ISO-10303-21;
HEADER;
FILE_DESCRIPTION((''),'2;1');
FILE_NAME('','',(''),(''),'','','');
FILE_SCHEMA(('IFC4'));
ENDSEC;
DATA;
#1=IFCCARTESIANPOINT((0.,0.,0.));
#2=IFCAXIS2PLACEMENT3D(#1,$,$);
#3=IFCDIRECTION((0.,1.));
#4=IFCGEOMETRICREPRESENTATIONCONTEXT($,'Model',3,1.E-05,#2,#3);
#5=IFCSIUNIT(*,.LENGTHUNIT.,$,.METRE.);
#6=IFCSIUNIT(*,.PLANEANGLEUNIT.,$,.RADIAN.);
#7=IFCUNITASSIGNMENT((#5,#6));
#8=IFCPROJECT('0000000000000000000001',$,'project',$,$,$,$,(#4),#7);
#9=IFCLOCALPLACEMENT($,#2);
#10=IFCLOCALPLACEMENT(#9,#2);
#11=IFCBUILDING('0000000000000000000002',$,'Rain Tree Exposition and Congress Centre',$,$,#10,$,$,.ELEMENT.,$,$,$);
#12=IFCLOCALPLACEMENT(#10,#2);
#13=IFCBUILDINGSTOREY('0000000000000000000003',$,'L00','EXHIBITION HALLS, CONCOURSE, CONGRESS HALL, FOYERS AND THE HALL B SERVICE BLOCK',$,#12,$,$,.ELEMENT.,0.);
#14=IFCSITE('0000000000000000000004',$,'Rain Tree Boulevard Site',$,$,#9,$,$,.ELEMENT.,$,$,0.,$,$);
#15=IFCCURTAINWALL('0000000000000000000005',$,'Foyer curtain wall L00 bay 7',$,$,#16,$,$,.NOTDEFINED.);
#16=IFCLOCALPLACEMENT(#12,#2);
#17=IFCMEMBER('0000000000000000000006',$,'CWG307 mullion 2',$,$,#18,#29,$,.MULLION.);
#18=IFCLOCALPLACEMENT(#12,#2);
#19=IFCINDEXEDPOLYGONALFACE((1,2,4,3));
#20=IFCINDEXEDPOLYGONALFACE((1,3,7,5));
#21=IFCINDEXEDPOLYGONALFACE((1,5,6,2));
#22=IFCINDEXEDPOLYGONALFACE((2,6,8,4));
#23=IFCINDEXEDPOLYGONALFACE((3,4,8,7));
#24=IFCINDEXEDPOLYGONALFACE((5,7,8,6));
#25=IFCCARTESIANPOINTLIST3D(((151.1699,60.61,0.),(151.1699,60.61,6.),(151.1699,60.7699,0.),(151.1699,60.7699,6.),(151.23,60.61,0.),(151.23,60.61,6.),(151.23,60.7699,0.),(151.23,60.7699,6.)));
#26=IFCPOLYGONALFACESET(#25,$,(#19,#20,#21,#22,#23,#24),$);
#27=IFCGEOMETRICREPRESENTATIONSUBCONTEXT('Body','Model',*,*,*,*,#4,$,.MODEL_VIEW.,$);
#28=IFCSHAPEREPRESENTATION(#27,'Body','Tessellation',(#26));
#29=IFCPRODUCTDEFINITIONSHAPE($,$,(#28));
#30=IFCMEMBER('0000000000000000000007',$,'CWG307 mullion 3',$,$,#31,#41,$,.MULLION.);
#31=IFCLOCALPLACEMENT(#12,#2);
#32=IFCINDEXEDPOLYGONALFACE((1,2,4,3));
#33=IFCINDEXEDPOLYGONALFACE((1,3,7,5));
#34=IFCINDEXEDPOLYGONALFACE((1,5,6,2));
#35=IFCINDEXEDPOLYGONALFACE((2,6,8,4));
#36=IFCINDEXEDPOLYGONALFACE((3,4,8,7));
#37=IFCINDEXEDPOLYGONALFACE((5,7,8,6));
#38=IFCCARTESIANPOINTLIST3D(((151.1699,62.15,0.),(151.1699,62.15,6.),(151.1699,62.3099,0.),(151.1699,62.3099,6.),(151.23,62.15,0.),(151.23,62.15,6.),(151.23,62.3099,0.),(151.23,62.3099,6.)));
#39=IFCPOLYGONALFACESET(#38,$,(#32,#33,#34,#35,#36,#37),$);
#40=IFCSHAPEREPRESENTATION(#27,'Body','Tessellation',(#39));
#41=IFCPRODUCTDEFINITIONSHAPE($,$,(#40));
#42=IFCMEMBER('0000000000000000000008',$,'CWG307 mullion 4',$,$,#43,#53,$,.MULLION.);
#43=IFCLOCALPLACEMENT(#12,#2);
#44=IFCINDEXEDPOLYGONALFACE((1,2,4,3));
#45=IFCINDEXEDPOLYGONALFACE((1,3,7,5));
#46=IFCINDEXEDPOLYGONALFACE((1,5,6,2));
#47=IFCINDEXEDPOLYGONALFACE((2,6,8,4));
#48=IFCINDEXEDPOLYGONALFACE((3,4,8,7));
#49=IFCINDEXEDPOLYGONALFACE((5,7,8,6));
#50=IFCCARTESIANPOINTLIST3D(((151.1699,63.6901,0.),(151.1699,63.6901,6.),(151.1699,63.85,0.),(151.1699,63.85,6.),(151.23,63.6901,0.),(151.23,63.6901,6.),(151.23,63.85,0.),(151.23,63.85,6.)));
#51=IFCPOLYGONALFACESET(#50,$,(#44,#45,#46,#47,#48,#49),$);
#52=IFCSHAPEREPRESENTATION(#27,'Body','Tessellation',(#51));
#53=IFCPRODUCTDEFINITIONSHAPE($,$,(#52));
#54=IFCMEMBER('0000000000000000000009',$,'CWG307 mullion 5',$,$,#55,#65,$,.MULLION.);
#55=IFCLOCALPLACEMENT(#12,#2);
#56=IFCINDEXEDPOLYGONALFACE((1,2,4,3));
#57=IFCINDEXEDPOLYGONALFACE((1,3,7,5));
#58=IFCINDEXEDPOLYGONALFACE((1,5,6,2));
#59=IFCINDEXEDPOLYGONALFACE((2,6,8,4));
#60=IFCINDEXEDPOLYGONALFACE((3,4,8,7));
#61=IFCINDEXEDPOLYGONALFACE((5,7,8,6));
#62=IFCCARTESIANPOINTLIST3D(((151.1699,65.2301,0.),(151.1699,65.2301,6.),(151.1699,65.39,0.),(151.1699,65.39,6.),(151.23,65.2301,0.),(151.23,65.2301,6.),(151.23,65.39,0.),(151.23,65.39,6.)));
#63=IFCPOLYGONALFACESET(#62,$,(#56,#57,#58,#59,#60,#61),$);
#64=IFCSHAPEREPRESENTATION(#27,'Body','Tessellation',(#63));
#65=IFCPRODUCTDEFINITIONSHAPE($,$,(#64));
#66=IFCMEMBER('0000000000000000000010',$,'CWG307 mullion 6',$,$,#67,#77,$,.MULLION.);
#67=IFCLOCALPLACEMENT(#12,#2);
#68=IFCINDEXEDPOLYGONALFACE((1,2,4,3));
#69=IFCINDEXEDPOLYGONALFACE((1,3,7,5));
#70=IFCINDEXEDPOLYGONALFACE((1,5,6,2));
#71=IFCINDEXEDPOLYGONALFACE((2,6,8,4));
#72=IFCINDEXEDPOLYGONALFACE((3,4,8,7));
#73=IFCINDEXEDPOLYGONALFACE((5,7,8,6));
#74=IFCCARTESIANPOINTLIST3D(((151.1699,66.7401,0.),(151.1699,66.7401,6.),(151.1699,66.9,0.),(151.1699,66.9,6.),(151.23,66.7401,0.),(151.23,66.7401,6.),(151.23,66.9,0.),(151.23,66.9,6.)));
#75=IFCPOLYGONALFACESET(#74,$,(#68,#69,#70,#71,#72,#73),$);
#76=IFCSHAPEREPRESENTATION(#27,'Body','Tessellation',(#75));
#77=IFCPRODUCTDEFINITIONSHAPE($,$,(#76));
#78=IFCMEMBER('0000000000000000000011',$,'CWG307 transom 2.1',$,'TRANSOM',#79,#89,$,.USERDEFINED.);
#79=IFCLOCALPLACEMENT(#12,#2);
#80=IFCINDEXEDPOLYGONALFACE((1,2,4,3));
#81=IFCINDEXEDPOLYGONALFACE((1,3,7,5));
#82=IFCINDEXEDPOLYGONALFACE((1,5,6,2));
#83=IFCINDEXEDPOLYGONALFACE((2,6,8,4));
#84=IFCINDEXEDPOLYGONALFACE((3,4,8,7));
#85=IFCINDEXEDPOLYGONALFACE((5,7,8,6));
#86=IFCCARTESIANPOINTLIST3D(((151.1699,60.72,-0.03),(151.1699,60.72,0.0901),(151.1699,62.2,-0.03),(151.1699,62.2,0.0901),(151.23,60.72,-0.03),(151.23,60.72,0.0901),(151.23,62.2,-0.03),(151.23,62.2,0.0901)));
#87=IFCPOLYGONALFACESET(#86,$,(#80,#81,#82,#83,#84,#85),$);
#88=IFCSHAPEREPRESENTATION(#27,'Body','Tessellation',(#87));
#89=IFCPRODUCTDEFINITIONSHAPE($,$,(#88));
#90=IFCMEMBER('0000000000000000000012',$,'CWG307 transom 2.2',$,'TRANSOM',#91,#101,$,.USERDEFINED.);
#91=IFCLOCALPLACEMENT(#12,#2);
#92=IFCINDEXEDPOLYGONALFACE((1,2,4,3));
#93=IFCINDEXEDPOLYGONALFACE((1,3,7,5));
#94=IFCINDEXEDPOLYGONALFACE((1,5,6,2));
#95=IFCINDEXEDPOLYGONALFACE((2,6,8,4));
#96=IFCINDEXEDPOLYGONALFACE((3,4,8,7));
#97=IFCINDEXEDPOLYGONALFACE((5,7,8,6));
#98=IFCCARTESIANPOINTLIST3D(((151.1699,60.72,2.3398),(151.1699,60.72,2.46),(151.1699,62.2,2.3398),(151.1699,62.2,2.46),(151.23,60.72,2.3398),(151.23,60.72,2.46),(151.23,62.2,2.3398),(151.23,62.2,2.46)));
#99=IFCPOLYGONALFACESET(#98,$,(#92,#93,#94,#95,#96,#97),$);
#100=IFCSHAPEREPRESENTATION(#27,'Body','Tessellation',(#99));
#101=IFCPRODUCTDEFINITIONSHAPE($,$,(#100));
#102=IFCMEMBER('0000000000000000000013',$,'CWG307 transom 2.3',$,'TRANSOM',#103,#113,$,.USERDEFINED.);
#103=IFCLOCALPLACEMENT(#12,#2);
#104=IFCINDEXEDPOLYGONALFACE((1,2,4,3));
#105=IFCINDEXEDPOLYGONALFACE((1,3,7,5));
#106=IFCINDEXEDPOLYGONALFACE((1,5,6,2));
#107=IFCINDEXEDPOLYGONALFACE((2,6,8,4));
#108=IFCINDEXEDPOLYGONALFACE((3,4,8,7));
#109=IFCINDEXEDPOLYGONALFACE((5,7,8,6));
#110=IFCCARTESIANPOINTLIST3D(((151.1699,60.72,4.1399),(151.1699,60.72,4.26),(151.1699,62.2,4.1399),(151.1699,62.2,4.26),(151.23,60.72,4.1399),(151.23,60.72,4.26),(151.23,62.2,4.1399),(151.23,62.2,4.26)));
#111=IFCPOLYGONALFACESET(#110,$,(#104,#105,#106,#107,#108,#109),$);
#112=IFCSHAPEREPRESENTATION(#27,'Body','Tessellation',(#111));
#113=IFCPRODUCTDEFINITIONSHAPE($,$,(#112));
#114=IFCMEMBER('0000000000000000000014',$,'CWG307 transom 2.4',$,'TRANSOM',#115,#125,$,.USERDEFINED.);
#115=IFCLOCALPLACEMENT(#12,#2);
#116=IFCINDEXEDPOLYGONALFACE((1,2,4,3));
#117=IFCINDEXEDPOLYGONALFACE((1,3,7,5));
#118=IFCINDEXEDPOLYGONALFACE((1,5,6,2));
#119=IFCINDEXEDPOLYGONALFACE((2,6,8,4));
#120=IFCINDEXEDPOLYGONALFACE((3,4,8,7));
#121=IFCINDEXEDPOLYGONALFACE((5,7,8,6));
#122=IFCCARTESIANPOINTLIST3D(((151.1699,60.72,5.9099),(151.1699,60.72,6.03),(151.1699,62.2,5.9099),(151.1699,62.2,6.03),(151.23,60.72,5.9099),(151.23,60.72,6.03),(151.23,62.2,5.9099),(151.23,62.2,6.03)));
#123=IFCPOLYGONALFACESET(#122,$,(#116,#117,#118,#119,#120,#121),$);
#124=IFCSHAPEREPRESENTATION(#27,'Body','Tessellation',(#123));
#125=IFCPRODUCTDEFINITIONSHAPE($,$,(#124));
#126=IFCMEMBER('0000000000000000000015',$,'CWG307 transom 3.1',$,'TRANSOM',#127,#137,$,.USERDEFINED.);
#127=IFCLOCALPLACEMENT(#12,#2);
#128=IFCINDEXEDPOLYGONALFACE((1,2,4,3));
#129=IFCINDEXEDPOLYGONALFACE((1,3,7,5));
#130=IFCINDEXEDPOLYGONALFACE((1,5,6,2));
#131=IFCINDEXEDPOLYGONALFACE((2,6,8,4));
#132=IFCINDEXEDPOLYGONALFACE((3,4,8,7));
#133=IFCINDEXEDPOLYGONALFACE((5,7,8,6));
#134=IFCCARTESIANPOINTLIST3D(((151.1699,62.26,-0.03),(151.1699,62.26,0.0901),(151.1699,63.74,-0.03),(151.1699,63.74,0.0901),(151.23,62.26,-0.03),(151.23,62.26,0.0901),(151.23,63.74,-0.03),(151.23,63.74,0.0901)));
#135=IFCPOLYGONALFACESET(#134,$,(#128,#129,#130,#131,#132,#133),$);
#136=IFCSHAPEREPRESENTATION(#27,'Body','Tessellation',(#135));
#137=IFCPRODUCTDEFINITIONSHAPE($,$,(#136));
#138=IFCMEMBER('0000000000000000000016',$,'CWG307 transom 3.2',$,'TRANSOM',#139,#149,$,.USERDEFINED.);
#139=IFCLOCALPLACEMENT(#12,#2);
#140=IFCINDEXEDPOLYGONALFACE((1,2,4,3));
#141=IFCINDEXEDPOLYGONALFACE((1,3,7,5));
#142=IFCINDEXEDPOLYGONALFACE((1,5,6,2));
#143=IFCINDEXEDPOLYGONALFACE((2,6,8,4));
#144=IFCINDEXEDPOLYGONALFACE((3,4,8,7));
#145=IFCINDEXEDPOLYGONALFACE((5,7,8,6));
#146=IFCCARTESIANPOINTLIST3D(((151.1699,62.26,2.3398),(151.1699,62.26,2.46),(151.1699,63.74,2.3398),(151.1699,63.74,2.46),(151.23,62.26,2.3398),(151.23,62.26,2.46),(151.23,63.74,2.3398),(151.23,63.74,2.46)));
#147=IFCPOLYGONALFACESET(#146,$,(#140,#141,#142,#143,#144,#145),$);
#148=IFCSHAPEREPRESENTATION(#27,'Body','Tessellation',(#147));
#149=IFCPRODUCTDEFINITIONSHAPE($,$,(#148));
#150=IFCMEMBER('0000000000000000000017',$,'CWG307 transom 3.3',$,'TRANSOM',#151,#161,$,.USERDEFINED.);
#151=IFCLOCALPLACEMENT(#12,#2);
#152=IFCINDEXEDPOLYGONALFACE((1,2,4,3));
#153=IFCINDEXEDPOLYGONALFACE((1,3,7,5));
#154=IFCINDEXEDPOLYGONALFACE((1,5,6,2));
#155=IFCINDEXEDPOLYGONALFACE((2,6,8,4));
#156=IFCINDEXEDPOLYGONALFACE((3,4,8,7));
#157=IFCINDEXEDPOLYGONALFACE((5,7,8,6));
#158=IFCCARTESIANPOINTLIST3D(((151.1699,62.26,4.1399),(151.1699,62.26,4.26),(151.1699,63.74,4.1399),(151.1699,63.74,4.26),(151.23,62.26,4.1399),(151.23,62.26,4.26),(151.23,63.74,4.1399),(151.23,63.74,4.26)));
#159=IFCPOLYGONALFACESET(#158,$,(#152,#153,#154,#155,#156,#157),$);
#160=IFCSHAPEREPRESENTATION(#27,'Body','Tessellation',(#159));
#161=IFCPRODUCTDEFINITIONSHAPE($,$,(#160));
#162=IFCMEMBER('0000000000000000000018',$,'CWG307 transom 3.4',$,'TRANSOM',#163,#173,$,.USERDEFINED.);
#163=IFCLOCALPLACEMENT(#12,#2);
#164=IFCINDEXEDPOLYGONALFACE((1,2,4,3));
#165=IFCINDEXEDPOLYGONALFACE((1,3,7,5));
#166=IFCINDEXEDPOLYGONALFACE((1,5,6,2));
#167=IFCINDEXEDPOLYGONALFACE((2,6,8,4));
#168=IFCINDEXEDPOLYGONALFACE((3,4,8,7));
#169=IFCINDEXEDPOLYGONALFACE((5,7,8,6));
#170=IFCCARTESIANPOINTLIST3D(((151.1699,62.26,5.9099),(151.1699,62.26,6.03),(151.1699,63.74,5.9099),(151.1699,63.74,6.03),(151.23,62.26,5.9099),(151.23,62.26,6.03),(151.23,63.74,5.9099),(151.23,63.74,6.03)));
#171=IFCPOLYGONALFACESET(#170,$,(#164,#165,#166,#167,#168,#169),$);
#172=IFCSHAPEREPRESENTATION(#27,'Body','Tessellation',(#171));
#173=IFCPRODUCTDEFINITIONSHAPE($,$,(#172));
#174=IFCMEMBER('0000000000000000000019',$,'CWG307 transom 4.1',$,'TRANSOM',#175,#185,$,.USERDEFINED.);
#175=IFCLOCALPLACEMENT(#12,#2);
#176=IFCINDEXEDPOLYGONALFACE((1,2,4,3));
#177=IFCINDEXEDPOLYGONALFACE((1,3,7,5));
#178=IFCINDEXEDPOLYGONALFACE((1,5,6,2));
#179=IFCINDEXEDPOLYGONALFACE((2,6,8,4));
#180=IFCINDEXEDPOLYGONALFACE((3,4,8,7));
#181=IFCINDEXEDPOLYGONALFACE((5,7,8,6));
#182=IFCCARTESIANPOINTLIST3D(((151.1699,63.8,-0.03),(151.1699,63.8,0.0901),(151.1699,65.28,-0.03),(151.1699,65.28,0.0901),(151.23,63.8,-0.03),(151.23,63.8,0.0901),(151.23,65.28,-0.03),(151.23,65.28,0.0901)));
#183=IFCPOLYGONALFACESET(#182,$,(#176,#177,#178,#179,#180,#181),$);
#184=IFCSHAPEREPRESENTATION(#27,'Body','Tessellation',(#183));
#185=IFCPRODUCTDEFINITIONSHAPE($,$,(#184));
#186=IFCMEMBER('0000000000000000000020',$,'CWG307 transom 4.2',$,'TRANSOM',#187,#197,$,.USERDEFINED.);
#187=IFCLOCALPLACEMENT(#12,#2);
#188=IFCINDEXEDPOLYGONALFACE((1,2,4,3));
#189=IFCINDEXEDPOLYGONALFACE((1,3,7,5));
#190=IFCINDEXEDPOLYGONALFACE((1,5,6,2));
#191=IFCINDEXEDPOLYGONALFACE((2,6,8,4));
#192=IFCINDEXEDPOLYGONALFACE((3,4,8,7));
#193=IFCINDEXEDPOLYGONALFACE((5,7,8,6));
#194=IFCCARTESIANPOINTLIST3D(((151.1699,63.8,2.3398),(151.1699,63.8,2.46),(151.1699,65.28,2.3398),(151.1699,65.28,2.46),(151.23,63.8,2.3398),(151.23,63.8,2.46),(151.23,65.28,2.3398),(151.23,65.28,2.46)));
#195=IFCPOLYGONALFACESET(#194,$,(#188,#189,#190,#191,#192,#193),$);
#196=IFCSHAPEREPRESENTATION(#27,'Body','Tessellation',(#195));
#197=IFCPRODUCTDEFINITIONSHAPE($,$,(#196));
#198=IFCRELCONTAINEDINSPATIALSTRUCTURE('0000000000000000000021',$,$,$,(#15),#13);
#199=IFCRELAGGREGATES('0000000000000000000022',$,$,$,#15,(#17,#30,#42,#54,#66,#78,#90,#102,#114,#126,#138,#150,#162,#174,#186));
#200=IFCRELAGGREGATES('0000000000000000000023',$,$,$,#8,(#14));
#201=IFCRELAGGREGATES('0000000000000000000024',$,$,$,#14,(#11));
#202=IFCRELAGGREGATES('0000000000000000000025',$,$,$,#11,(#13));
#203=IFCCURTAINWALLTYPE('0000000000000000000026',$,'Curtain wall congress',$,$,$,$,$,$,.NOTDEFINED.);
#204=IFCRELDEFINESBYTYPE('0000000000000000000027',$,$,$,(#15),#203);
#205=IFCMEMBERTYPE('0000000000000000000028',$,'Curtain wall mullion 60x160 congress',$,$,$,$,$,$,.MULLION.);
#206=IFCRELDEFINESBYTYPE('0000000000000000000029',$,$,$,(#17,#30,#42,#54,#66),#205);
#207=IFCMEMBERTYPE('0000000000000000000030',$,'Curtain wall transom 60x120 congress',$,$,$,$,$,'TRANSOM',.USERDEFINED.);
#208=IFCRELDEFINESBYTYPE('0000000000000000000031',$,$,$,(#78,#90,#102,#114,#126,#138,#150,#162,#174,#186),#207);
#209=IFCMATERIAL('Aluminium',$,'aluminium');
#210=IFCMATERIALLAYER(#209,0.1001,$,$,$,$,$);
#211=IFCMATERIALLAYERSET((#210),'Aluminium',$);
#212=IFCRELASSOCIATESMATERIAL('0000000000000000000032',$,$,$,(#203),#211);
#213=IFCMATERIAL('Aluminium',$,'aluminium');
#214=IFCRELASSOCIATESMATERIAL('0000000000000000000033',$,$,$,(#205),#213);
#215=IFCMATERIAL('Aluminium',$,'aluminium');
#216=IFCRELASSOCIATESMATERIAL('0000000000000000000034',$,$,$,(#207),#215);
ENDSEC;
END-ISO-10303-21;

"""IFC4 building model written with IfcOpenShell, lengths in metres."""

from ifc_helpers import new_model, si_unit, direction, frame, origin, origin_2d, place, context, subcontext, project, spatial, rectangle, extrude, material, layer, layer_set, material_profile, profile_set, type_object, element, aggregate, save


model = new_model("IFC4")

# Units and contexts
model_context = context("Model", 3, precision=1e-05, world=origin(), true_north=direction((0.0, 1.0)))
body_context = subcontext(model_context, "Body", "Model", "MODEL_VIEW")
ifc_project = project(units=[si_unit("LENGTHUNIT", "METRE"), si_unit("PLANEANGLEUNIT", "RADIAN")], contexts=[model_context])

# Site, building, storey
site_placement = place(None, origin())
site = spatial("IfcSite", under=ifc_project, at=site_placement, Name="Rain Tree Boulevard Site", CompositionType="ELEMENT", RefElevation=0.0)
building_placement = place(site_placement, origin())
building = spatial("IfcBuilding", under=site, at=building_placement, Name="Rain Tree Exposition and Congress Centre", CompositionType="ELEMENT")
storey_placement = place(building_placement, origin())
storey = spatial("IfcBuildingStorey", under=building, at=storey_placement, Name="L00", Description="EXHIBITION HALLS, CONCOURSE, CONGRESS HALL, FOYERS AND THE HALL B SERVICE BLOCK", CompositionType="ELEMENT", Elevation=0.0)

# Curtain wall, members
ifc_material_1 = material(Name="Aluminium", Category="aluminium")
ifc_layer_1 = layer(ifc_material_1, 0.1001)
ifc_layer_set_1 = layer_set([ifc_layer_1], Name="Aluminium")
curtain_wall_type = type_object("IfcCurtainWallType", Name="Curtain wall congress", PredefinedType="NOTDEFINED", material=ifc_layer_set_1)
curtain_wall_placement = place(storey_placement, origin())
curtain_wall = element("IfcCurtainWall", 1, at=curtain_wall_placement, inside=storey, type_object=curtain_wall_type, Name="Foyer curtain wall L00 bay 7", PredefinedType="NOTDEFINED")
ifc_material_2 = material(Name="Aluminium", Category="aluminium")
ifc_material_profile_1 = material_profile(ifc_material_2, rectangle(XDim=0.0601, YDim=0.1599, at=origin_2d()), Name="AL 60x160")
ifc_profile_set_1 = profile_set([ifc_material_profile_1], Name="Aluminium")
member_type_1 = type_object("IfcMemberType", Name="Curtain wall mullion 60x160 congress", PredefinedType="MULLION", material=ifc_profile_set_1)
member_1_placement = place(storey_placement, frame((151.2, 60.6899, 0.0), z_axis=(0.0, 0.0, 1.0), x_axis=(-1.0, 0.0, 0.0)))
member_1 = element("IfcMember", 2, at=member_1_placement, type_object=member_type_1, Name="CWG307 mullion 2", PredefinedType="MULLION", context=body_context, shape_type="SweptSolid", body=[
    extrude(rectangle(XDim=0.0601, YDim=0.1599, at=origin_2d()), origin(), (0.0, 0.0, 1.0), 6.0),
])
member_2_placement = place(storey_placement, frame((151.2, 62.23, 0.0), z_axis=(0.0, 0.0, 1.0), x_axis=(-1.0, 0.0, 0.0)))
member_2 = element("IfcMember", 3, at=member_2_placement, type_object=member_type_1, Name="CWG307 mullion 3", PredefinedType="MULLION", context=body_context, shape_type="SweptSolid", body=[
    extrude(rectangle(XDim=0.0601, YDim=0.1599, at=origin_2d()), origin(), (0.0, 0.0, 1.0), 6.0),
])
member_3_placement = place(storey_placement, frame((151.2, 63.77, 0.0), z_axis=(0.0, 0.0, 1.0), x_axis=(-1.0, 0.0, 0.0)))
member_3 = element("IfcMember", 4, at=member_3_placement, type_object=member_type_1, Name="CWG307 mullion 4", PredefinedType="MULLION", context=body_context, shape_type="SweptSolid", body=[
    extrude(rectangle(XDim=0.0601, YDim=0.1599, at=origin_2d()), origin(), (0.0, 0.0, 1.0), 6.0),
])
member_4_placement = place(storey_placement, frame((151.2, 65.3101, 0.0), z_axis=(0.0, 0.0, 1.0), x_axis=(-1.0, 0.0, 0.0)))
member_4 = element("IfcMember", 5, at=member_4_placement, type_object=member_type_1, Name="CWG307 mullion 5", PredefinedType="MULLION", context=body_context, shape_type="SweptSolid", body=[
    extrude(rectangle(XDim=0.0601, YDim=0.1599, at=origin_2d()), origin(), (0.0, 0.0, 1.0), 6.0),
])
member_5_placement = place(storey_placement, frame((151.2, 66.8201, 0.0), z_axis=(0.0, 0.0, 1.0), x_axis=(-1.0, 0.0, 0.0)))
member_5 = element("IfcMember", 6, at=member_5_placement, type_object=member_type_1, Name="CWG307 mullion 6", PredefinedType="MULLION", context=body_context, shape_type="SweptSolid", body=[
    extrude(rectangle(XDim=0.0601, YDim=0.1599, at=origin_2d()), origin(), (0.0, 0.0, 1.0), 6.0),
])
ifc_material_3 = material(Name="Aluminium", Category="aluminium")
ifc_material_profile_2 = material_profile(ifc_material_3, rectangle(XDim=0.0601, YDim=0.1201, at=origin_2d()), Name="AL 60x120")
ifc_profile_set_2 = profile_set([ifc_material_profile_2], Name="Aluminium")
member_type_2 = type_object("IfcMemberType", Name="Curtain wall transom 60x120 congress", ElementType="TRANSOM", PredefinedType="USERDEFINED", material=ifc_profile_set_2)
member_6_placement = place(storey_placement, frame((151.2, 60.72, 0.03), z_axis=(0.0, 1.0, 0.0), x_axis=(-1.0, 0.0, 0.0)))
member_6 = element("IfcMember", 7, at=member_6_placement, type_object=member_type_2, Name="CWG307 transom 2.1", ObjectType="TRANSOM", PredefinedType="USERDEFINED", context=body_context, shape_type="SweptSolid", body=[
    extrude(rectangle(XDim=0.0601, YDim=0.1201, at=origin_2d()), origin(), (0.0, 0.0, 1.0), 1.48),
])
member_7_placement = place(storey_placement, frame((151.2, 60.72, 2.3999), z_axis=(0.0, 1.0, 0.0), x_axis=(-1.0, 0.0, 0.0)))
member_7 = element("IfcMember", 8, at=member_7_placement, type_object=member_type_2, Name="CWG307 transom 2.2", ObjectType="TRANSOM", PredefinedType="USERDEFINED", context=body_context, shape_type="SweptSolid", body=[
    extrude(rectangle(XDim=0.0601, YDim=0.1201, at=origin_2d()), origin(), (0.0, 0.0, 1.0), 1.48),
])
member_8_placement = place(storey_placement, frame((151.2, 60.72, 4.2), z_axis=(0.0, 1.0, 0.0), x_axis=(-1.0, 0.0, 0.0)))
member_8 = element("IfcMember", 9, at=member_8_placement, type_object=member_type_2, Name="CWG307 transom 2.3", ObjectType="TRANSOM", PredefinedType="USERDEFINED", context=body_context, shape_type="SweptSolid", body=[
    extrude(rectangle(XDim=0.0601, YDim=0.1201, at=origin_2d()), origin(), (0.0, 0.0, 1.0), 1.48),
])
member_9_placement = place(storey_placement, frame((151.2, 60.72, 5.97), z_axis=(0.0, 1.0, 0.0), x_axis=(-1.0, 0.0, 0.0)))
member_9 = element("IfcMember", 10, at=member_9_placement, type_object=member_type_2, Name="CWG307 transom 2.4", ObjectType="TRANSOM", PredefinedType="USERDEFINED", context=body_context, shape_type="SweptSolid", body=[
    extrude(rectangle(XDim=0.0601, YDim=0.1201, at=origin_2d()), origin(), (0.0, 0.0, 1.0), 1.48),
])
member_10_placement = place(storey_placement, frame((151.2, 62.26, 0.03), z_axis=(0.0, 1.0, 0.0), x_axis=(-1.0, 0.0, 0.0)))
member_10 = element("IfcMember", 11, at=member_10_placement, type_object=member_type_2, Name="CWG307 transom 3.1", ObjectType="TRANSOM", PredefinedType="USERDEFINED", context=body_context, shape_type="SweptSolid", body=[
    extrude(rectangle(XDim=0.0601, YDim=0.1201, at=origin_2d()), origin(), (0.0, 0.0, 1.0), 1.48),
])
member_11_placement = place(storey_placement, frame((151.2, 62.26, 2.3999), z_axis=(0.0, 1.0, 0.0), x_axis=(-1.0, 0.0, 0.0)))
member_11 = element("IfcMember", 12, at=member_11_placement, type_object=member_type_2, Name="CWG307 transom 3.2", ObjectType="TRANSOM", PredefinedType="USERDEFINED", context=body_context, shape_type="SweptSolid", body=[
    extrude(rectangle(XDim=0.0601, YDim=0.1201, at=origin_2d()), origin(), (0.0, 0.0, 1.0), 1.48),
])
member_12_placement = place(storey_placement, frame((151.2, 62.26, 4.2), z_axis=(0.0, 1.0, 0.0), x_axis=(-1.0, 0.0, 0.0)))
member_12 = element("IfcMember", 13, at=member_12_placement, type_object=member_type_2, Name="CWG307 transom 3.3", ObjectType="TRANSOM", PredefinedType="USERDEFINED", context=body_context, shape_type="SweptSolid", body=[
    extrude(rectangle(XDim=0.0601, YDim=0.1201, at=origin_2d()), origin(), (0.0, 0.0, 1.0), 1.48),
])
member_13_placement = place(storey_placement, frame((151.2, 62.26, 5.97), z_axis=(0.0, 1.0, 0.0), x_axis=(-1.0, 0.0, 0.0)))
member_13 = element("IfcMember", 14, at=member_13_placement, type_object=member_type_2, Name="CWG307 transom 3.4", ObjectType="TRANSOM", PredefinedType="USERDEFINED", context=body_context, shape_type="SweptSolid", body=[
    extrude(rectangle(XDim=0.0601, YDim=0.1201, at=origin_2d()), origin(), (0.0, 0.0, 1.0), 1.48),
])
member_14_placement = place(storey_placement, frame((151.2, 63.8, 0.03), z_axis=(0.0, 1.0, 0.0), x_axis=(-1.0, 0.0, 0.0)))
member_14 = element("IfcMember", 15, at=member_14_placement, type_object=member_type_2, Name="CWG307 transom 4.1", ObjectType="TRANSOM", PredefinedType="USERDEFINED", context=body_context, shape_type="SweptSolid", body=[
    extrude(rectangle(XDim=0.0601, YDim=0.1201, at=origin_2d()), origin(), (0.0, 0.0, 1.0), 1.48),
])
member_15_placement = place(storey_placement, frame((151.2, 63.8, 2.3999), z_axis=(0.0, 1.0, 0.0), x_axis=(-1.0, 0.0, 0.0)))
member_15 = element("IfcMember", 16, at=member_15_placement, type_object=member_type_2, Name="CWG307 transom 4.2", ObjectType="TRANSOM", PredefinedType="USERDEFINED", context=body_context, shape_type="SweptSolid", body=[
    extrude(rectangle(XDim=0.0601, YDim=0.1201, at=origin_2d()), origin(), (0.0, 0.0, 1.0), 1.48),
])
aggregate(curtain_wall, [member_1, member_2, member_3, member_4, member_5, member_6, member_7, member_8, member_9, member_10, member_11, member_12, member_13, member_14, member_15])

save(model, "model.ifc")
